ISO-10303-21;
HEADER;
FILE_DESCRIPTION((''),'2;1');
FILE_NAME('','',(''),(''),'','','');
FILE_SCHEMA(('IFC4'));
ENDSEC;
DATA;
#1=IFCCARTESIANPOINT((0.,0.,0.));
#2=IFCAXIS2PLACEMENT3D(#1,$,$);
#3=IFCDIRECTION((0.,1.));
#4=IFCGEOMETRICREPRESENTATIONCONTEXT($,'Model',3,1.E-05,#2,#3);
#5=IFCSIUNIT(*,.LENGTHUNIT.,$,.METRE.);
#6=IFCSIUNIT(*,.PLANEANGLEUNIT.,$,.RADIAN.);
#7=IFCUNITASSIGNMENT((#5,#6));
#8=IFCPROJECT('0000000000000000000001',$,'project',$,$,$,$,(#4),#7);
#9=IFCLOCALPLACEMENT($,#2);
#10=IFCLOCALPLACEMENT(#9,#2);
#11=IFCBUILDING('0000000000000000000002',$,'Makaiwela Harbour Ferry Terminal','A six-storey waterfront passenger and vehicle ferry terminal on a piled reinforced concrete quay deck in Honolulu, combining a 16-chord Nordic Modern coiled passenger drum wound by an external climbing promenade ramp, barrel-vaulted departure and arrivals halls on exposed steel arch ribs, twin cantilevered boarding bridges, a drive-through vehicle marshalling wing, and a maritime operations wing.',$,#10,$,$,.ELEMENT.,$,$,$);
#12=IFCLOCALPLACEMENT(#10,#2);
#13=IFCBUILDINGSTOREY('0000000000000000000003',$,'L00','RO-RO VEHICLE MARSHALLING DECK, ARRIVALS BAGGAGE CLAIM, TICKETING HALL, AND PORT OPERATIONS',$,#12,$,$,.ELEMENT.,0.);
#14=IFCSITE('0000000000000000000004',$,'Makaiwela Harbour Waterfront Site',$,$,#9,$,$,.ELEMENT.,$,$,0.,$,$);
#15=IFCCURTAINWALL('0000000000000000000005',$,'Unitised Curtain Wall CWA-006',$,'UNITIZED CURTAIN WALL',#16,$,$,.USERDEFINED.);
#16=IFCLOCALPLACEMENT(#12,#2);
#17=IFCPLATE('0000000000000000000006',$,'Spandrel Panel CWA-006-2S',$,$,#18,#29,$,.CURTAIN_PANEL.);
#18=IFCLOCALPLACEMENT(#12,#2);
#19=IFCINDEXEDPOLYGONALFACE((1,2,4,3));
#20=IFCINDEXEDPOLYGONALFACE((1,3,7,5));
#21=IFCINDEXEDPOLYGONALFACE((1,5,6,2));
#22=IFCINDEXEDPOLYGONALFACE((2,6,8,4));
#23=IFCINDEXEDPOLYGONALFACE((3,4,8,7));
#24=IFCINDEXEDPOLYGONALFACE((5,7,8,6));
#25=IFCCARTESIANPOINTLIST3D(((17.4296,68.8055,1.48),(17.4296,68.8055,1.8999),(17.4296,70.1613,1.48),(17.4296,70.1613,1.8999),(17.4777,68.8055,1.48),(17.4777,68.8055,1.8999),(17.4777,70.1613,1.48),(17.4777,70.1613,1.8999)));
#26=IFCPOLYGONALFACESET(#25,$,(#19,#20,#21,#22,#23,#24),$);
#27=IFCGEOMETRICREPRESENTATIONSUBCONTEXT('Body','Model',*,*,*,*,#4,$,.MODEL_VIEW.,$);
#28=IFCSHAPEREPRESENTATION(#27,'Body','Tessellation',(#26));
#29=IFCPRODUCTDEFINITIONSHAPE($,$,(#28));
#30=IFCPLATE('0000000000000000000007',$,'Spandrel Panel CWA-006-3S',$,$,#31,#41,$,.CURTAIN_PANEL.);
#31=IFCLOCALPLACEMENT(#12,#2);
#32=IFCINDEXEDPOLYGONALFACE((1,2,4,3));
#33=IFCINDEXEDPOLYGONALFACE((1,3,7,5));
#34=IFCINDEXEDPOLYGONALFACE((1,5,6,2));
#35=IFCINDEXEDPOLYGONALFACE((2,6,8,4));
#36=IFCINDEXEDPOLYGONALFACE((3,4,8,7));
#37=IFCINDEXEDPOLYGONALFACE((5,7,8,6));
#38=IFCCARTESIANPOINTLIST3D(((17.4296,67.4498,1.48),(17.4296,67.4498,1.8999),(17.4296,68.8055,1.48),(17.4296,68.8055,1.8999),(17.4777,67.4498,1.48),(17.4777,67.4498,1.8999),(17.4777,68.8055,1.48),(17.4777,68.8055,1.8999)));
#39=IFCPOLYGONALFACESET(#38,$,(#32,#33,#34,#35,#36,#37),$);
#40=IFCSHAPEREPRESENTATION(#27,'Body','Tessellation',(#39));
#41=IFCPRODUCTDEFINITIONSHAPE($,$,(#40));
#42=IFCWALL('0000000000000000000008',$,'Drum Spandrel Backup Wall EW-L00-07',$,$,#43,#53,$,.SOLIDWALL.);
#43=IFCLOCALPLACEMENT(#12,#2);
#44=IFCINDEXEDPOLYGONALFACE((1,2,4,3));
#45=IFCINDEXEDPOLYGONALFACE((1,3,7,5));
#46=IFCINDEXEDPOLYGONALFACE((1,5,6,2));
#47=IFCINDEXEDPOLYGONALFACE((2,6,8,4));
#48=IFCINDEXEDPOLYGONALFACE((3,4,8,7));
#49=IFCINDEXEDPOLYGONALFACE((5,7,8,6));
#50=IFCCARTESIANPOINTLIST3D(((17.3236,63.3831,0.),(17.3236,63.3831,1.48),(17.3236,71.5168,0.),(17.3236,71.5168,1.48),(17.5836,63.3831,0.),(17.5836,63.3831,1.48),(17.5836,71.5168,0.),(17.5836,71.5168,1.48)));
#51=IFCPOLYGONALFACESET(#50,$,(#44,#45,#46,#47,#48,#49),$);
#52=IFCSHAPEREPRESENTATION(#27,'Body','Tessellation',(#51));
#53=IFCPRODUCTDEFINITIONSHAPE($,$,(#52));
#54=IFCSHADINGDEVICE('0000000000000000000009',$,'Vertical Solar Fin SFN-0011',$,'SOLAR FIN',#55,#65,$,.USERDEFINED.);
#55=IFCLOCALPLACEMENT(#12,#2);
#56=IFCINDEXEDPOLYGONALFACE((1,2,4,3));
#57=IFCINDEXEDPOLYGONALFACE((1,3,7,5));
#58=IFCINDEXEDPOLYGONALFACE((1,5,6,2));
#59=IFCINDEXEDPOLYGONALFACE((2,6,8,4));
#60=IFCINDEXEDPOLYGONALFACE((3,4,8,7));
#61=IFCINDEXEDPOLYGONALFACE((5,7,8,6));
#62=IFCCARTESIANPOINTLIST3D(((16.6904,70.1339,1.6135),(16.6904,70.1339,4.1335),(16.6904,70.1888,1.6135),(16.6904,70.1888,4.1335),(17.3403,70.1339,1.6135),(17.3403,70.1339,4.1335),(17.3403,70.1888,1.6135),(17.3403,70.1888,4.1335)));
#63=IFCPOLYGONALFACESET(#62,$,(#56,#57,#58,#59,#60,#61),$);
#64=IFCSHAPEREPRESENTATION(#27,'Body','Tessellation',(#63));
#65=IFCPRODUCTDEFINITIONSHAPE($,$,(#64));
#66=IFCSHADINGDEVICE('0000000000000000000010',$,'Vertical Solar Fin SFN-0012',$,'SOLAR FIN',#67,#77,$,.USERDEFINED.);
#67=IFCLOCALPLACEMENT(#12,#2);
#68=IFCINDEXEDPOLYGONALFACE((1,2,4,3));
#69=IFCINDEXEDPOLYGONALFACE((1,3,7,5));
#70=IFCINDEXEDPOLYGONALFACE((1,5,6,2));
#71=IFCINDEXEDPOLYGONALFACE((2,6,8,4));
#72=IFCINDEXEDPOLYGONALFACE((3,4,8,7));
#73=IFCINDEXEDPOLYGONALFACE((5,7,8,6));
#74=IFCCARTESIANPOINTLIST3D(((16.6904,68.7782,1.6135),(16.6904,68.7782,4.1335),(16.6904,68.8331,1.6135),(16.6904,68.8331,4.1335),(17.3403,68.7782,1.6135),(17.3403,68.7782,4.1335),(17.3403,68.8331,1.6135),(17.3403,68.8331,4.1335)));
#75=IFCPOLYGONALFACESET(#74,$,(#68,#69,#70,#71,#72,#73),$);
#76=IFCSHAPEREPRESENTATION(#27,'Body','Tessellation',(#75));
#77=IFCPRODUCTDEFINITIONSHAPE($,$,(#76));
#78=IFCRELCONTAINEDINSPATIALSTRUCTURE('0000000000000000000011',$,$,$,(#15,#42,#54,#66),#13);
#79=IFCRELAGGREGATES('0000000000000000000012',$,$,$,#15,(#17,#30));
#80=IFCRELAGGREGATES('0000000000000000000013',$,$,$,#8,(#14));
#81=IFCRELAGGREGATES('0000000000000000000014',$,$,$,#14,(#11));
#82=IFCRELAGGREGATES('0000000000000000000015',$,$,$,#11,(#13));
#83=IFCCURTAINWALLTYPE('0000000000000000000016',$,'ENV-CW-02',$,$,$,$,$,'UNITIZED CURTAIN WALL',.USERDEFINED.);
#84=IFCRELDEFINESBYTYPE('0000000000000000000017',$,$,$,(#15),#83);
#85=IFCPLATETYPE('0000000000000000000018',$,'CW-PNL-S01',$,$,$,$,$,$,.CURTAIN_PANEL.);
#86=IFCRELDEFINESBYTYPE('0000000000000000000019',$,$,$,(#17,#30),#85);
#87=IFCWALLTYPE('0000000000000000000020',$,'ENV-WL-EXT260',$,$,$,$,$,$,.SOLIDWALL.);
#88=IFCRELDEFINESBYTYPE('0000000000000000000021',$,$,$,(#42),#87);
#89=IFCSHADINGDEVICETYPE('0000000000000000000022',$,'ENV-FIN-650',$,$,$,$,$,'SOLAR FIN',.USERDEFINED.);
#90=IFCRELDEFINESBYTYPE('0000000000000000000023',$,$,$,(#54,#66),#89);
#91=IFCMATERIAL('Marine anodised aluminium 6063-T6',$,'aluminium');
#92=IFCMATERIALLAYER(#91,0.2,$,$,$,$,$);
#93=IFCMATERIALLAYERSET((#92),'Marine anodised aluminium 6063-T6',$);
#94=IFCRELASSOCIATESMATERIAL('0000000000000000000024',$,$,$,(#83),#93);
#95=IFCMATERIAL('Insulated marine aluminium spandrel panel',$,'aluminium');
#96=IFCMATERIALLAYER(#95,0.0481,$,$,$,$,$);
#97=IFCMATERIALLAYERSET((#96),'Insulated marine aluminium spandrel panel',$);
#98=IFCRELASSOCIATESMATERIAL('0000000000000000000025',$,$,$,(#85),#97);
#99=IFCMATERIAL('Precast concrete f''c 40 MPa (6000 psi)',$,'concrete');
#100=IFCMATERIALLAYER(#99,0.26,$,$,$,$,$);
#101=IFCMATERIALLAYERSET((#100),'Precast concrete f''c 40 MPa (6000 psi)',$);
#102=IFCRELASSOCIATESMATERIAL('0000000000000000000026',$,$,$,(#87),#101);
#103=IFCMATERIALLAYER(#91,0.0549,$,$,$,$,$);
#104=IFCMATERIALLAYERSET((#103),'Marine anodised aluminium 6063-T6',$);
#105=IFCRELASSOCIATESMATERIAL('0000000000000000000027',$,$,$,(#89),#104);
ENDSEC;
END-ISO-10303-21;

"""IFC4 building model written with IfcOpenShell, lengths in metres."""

from ifc_helpers import new_model, si_unit, direction, frame, frame_2d, origin, origin_2d, place, context, subcontext, project, spatial, rectangle, extrude, material, layer, layer_set, type_object, element, aggregate, save


model = new_model("IFC4")

# Units and contexts
model_context = context("Model", 3, precision=1e-05, world=origin(), true_north=direction((0.0, 1.0)))
body_context = subcontext(model_context, "Body", "Model", "MODEL_VIEW")
ifc_project = project(units=[si_unit("LENGTHUNIT", "METRE"), si_unit("PLANEANGLEUNIT", "RADIAN")], contexts=[model_context])

# Site, building, storey
site_placement = place(None, origin())
site = spatial("IfcSite", under=ifc_project, at=site_placement, Name="Makaiwela Harbour Waterfront Site", CompositionType="ELEMENT", RefElevation=0.0)
building_placement = place(site_placement, origin())
building = spatial("IfcBuilding", under=site, at=building_placement, Name="Makaiwela Harbour Ferry Terminal", Description="A six-storey waterfront passenger and vehicle ferry terminal on a piled reinforced concrete quay deck in Honolulu, combining a 16-chord Nordic Modern coiled passenger drum wound by an external climbing promenade ramp, barrel-vaulted departure and arrivals halls on exposed steel arch ribs, twin cantilevered boarding bridges, a drive-through vehicle marshalling wing, and a maritime operations wing.", CompositionType="ELEMENT")
storey_placement = place(building_placement, origin())
storey = spatial("IfcBuildingStorey", under=building, at=storey_placement, Name="L00", Description="RO-RO VEHICLE MARSHALLING DECK, ARRIVALS BAGGAGE CLAIM, TICKETING HALL, AND PORT OPERATIONS", CompositionType="ELEMENT", Elevation=0.0)

# Curtain wall, plates
ifc_material_1 = material(Name="Marine anodised aluminium 6063-T6", Category="aluminium")
ifc_layer_1 = layer(ifc_material_1, 0.2)
ifc_layer_set_1 = layer_set([ifc_layer_1], Name="Marine anodised aluminium 6063-T6")
curtain_wall_type = type_object("IfcCurtainWallType", Name="ENV-CW-02", ElementType="UNITIZED CURTAIN WALL", PredefinedType="USERDEFINED", material=ifc_layer_set_1)
curtain_wall_placement = place(storey_placement, origin())
curtain_wall = element("IfcCurtainWall", 1, at=curtain_wall_placement, inside=storey, type_object=curtain_wall_type, Name="Unitised Curtain Wall CWA-006", ObjectType="UNITIZED CURTAIN WALL", PredefinedType="USERDEFINED")
ifc_material_2 = material(Name="Insulated marine aluminium spandrel panel", Category="aluminium")
ifc_layer_2 = layer(ifc_material_2, 0.0481)
ifc_layer_set_2 = layer_set([ifc_layer_2], Name="Insulated marine aluminium spandrel panel")
plate_type_1 = type_object("IfcPlateType", Name="CW-PNL-S01", PredefinedType="CURTAIN_PANEL", material=ifc_layer_set_2)
plate_1_placement = place(storey_placement, frame((17.4536, 69.4834, 1.48), z_axis=(0.0, 0.0, 1.0), x_axis=(0.0, -1.0, 0.0)))
plate_1 = element("IfcPlate", 2, at=plate_1_placement, type_object=plate_type_1, Name="Spandrel Panel CWA-006-2S", PredefinedType="CURTAIN_PANEL", context=body_context, shape_type="SweptSolid", body=[
    extrude(rectangle(XDim=1.3557, YDim=0.0481, at=origin_2d()), origin(), (0.0, 0.0, 1.0), 0.4199),
])
plate_2_placement = place(storey_placement, frame((17.4536, 68.1277, 1.48), z_axis=(0.0, 0.0, 1.0), x_axis=(0.0, -1.0, 0.0)))
plate_2 = element("IfcPlate", 3, at=plate_2_placement, type_object=plate_type_1, Name="Spandrel Panel CWA-006-3S", PredefinedType="CURTAIN_PANEL", context=body_context, shape_type="SweptSolid", body=[
    extrude(rectangle(XDim=1.3557, YDim=0.0481, at=origin_2d()), origin(), (0.0, 0.0, 1.0), 0.4199),
])
aggregate(curtain_wall, [plate_1, plate_2])

# Wall
ifc_material_3 = material(Name="Precast concrete f'c 40 MPa (6000 psi)", Category="concrete")
ifc_layer_3 = layer(ifc_material_3, 0.26)
ifc_layer_set_3 = layer_set([ifc_layer_3], Name="Precast concrete f'c 40 MPa (6000 psi)")
wall_type = type_object("IfcWallType", Name="ENV-WL-EXT260", PredefinedType="SOLIDWALL", material=ifc_layer_set_3)
wall_placement = place(storey_placement, frame((17.4536, 71.5168, 0.0), z_axis=(0.0, 0.0, 1.0), x_axis=(0.0, -1.0, 0.0)))
element("IfcWall", 4, at=wall_placement, inside=storey, type_object=wall_type, Name="Drum Spandrel Backup Wall EW-L00-07", PredefinedType="SOLIDWALL", context=body_context, shape_type="SweptSolid", body=[
    extrude(rectangle(XDim=8.1338, YDim=0.26, at=frame_2d((4.0669, 0.0))), origin(), (0.0, 0.0, 1.0), 1.48),
])

# Shading devices
ifc_layer_4 = layer(ifc_material_1, 0.0549)
ifc_layer_set_4 = layer_set([ifc_layer_4], Name="Marine anodised aluminium 6063-T6")
shading_device_type = type_object("IfcShadingDeviceType", Name="ENV-FIN-650", ElementType="SOLAR FIN", PredefinedType="USERDEFINED", material=ifc_layer_set_4)
for number, where, z_axis, x_axis, name in (
    (5, (17.0154, 70.1614, 1.6135), (0.0, 0.0, 1.0), (-1.0, 0.0, 0.0), "Vertical Solar Fin SFN-0011"),
    (6, (17.0154, 68.8057, 1.6135), (0.0, 0.0, 1.0), (-1.0, 0.0, 0.0), "Vertical Solar Fin SFN-0012"),
):
    element("IfcShadingDevice", number, at=place(storey_placement, frame(where, z_axis=z_axis, x_axis=x_axis)), inside=storey, type_object=shading_device_type, Name=name, ObjectType="SOLAR FIN", PredefinedType="USERDEFINED", context=body_context, shape_type="SweptSolid", body=[
        extrude(rectangle(XDim=0.6499, YDim=0.0549, at=origin_2d()), origin(), (0.0, 0.0, 1.0), 2.52),
    ])

save(model, "model.ifc")
